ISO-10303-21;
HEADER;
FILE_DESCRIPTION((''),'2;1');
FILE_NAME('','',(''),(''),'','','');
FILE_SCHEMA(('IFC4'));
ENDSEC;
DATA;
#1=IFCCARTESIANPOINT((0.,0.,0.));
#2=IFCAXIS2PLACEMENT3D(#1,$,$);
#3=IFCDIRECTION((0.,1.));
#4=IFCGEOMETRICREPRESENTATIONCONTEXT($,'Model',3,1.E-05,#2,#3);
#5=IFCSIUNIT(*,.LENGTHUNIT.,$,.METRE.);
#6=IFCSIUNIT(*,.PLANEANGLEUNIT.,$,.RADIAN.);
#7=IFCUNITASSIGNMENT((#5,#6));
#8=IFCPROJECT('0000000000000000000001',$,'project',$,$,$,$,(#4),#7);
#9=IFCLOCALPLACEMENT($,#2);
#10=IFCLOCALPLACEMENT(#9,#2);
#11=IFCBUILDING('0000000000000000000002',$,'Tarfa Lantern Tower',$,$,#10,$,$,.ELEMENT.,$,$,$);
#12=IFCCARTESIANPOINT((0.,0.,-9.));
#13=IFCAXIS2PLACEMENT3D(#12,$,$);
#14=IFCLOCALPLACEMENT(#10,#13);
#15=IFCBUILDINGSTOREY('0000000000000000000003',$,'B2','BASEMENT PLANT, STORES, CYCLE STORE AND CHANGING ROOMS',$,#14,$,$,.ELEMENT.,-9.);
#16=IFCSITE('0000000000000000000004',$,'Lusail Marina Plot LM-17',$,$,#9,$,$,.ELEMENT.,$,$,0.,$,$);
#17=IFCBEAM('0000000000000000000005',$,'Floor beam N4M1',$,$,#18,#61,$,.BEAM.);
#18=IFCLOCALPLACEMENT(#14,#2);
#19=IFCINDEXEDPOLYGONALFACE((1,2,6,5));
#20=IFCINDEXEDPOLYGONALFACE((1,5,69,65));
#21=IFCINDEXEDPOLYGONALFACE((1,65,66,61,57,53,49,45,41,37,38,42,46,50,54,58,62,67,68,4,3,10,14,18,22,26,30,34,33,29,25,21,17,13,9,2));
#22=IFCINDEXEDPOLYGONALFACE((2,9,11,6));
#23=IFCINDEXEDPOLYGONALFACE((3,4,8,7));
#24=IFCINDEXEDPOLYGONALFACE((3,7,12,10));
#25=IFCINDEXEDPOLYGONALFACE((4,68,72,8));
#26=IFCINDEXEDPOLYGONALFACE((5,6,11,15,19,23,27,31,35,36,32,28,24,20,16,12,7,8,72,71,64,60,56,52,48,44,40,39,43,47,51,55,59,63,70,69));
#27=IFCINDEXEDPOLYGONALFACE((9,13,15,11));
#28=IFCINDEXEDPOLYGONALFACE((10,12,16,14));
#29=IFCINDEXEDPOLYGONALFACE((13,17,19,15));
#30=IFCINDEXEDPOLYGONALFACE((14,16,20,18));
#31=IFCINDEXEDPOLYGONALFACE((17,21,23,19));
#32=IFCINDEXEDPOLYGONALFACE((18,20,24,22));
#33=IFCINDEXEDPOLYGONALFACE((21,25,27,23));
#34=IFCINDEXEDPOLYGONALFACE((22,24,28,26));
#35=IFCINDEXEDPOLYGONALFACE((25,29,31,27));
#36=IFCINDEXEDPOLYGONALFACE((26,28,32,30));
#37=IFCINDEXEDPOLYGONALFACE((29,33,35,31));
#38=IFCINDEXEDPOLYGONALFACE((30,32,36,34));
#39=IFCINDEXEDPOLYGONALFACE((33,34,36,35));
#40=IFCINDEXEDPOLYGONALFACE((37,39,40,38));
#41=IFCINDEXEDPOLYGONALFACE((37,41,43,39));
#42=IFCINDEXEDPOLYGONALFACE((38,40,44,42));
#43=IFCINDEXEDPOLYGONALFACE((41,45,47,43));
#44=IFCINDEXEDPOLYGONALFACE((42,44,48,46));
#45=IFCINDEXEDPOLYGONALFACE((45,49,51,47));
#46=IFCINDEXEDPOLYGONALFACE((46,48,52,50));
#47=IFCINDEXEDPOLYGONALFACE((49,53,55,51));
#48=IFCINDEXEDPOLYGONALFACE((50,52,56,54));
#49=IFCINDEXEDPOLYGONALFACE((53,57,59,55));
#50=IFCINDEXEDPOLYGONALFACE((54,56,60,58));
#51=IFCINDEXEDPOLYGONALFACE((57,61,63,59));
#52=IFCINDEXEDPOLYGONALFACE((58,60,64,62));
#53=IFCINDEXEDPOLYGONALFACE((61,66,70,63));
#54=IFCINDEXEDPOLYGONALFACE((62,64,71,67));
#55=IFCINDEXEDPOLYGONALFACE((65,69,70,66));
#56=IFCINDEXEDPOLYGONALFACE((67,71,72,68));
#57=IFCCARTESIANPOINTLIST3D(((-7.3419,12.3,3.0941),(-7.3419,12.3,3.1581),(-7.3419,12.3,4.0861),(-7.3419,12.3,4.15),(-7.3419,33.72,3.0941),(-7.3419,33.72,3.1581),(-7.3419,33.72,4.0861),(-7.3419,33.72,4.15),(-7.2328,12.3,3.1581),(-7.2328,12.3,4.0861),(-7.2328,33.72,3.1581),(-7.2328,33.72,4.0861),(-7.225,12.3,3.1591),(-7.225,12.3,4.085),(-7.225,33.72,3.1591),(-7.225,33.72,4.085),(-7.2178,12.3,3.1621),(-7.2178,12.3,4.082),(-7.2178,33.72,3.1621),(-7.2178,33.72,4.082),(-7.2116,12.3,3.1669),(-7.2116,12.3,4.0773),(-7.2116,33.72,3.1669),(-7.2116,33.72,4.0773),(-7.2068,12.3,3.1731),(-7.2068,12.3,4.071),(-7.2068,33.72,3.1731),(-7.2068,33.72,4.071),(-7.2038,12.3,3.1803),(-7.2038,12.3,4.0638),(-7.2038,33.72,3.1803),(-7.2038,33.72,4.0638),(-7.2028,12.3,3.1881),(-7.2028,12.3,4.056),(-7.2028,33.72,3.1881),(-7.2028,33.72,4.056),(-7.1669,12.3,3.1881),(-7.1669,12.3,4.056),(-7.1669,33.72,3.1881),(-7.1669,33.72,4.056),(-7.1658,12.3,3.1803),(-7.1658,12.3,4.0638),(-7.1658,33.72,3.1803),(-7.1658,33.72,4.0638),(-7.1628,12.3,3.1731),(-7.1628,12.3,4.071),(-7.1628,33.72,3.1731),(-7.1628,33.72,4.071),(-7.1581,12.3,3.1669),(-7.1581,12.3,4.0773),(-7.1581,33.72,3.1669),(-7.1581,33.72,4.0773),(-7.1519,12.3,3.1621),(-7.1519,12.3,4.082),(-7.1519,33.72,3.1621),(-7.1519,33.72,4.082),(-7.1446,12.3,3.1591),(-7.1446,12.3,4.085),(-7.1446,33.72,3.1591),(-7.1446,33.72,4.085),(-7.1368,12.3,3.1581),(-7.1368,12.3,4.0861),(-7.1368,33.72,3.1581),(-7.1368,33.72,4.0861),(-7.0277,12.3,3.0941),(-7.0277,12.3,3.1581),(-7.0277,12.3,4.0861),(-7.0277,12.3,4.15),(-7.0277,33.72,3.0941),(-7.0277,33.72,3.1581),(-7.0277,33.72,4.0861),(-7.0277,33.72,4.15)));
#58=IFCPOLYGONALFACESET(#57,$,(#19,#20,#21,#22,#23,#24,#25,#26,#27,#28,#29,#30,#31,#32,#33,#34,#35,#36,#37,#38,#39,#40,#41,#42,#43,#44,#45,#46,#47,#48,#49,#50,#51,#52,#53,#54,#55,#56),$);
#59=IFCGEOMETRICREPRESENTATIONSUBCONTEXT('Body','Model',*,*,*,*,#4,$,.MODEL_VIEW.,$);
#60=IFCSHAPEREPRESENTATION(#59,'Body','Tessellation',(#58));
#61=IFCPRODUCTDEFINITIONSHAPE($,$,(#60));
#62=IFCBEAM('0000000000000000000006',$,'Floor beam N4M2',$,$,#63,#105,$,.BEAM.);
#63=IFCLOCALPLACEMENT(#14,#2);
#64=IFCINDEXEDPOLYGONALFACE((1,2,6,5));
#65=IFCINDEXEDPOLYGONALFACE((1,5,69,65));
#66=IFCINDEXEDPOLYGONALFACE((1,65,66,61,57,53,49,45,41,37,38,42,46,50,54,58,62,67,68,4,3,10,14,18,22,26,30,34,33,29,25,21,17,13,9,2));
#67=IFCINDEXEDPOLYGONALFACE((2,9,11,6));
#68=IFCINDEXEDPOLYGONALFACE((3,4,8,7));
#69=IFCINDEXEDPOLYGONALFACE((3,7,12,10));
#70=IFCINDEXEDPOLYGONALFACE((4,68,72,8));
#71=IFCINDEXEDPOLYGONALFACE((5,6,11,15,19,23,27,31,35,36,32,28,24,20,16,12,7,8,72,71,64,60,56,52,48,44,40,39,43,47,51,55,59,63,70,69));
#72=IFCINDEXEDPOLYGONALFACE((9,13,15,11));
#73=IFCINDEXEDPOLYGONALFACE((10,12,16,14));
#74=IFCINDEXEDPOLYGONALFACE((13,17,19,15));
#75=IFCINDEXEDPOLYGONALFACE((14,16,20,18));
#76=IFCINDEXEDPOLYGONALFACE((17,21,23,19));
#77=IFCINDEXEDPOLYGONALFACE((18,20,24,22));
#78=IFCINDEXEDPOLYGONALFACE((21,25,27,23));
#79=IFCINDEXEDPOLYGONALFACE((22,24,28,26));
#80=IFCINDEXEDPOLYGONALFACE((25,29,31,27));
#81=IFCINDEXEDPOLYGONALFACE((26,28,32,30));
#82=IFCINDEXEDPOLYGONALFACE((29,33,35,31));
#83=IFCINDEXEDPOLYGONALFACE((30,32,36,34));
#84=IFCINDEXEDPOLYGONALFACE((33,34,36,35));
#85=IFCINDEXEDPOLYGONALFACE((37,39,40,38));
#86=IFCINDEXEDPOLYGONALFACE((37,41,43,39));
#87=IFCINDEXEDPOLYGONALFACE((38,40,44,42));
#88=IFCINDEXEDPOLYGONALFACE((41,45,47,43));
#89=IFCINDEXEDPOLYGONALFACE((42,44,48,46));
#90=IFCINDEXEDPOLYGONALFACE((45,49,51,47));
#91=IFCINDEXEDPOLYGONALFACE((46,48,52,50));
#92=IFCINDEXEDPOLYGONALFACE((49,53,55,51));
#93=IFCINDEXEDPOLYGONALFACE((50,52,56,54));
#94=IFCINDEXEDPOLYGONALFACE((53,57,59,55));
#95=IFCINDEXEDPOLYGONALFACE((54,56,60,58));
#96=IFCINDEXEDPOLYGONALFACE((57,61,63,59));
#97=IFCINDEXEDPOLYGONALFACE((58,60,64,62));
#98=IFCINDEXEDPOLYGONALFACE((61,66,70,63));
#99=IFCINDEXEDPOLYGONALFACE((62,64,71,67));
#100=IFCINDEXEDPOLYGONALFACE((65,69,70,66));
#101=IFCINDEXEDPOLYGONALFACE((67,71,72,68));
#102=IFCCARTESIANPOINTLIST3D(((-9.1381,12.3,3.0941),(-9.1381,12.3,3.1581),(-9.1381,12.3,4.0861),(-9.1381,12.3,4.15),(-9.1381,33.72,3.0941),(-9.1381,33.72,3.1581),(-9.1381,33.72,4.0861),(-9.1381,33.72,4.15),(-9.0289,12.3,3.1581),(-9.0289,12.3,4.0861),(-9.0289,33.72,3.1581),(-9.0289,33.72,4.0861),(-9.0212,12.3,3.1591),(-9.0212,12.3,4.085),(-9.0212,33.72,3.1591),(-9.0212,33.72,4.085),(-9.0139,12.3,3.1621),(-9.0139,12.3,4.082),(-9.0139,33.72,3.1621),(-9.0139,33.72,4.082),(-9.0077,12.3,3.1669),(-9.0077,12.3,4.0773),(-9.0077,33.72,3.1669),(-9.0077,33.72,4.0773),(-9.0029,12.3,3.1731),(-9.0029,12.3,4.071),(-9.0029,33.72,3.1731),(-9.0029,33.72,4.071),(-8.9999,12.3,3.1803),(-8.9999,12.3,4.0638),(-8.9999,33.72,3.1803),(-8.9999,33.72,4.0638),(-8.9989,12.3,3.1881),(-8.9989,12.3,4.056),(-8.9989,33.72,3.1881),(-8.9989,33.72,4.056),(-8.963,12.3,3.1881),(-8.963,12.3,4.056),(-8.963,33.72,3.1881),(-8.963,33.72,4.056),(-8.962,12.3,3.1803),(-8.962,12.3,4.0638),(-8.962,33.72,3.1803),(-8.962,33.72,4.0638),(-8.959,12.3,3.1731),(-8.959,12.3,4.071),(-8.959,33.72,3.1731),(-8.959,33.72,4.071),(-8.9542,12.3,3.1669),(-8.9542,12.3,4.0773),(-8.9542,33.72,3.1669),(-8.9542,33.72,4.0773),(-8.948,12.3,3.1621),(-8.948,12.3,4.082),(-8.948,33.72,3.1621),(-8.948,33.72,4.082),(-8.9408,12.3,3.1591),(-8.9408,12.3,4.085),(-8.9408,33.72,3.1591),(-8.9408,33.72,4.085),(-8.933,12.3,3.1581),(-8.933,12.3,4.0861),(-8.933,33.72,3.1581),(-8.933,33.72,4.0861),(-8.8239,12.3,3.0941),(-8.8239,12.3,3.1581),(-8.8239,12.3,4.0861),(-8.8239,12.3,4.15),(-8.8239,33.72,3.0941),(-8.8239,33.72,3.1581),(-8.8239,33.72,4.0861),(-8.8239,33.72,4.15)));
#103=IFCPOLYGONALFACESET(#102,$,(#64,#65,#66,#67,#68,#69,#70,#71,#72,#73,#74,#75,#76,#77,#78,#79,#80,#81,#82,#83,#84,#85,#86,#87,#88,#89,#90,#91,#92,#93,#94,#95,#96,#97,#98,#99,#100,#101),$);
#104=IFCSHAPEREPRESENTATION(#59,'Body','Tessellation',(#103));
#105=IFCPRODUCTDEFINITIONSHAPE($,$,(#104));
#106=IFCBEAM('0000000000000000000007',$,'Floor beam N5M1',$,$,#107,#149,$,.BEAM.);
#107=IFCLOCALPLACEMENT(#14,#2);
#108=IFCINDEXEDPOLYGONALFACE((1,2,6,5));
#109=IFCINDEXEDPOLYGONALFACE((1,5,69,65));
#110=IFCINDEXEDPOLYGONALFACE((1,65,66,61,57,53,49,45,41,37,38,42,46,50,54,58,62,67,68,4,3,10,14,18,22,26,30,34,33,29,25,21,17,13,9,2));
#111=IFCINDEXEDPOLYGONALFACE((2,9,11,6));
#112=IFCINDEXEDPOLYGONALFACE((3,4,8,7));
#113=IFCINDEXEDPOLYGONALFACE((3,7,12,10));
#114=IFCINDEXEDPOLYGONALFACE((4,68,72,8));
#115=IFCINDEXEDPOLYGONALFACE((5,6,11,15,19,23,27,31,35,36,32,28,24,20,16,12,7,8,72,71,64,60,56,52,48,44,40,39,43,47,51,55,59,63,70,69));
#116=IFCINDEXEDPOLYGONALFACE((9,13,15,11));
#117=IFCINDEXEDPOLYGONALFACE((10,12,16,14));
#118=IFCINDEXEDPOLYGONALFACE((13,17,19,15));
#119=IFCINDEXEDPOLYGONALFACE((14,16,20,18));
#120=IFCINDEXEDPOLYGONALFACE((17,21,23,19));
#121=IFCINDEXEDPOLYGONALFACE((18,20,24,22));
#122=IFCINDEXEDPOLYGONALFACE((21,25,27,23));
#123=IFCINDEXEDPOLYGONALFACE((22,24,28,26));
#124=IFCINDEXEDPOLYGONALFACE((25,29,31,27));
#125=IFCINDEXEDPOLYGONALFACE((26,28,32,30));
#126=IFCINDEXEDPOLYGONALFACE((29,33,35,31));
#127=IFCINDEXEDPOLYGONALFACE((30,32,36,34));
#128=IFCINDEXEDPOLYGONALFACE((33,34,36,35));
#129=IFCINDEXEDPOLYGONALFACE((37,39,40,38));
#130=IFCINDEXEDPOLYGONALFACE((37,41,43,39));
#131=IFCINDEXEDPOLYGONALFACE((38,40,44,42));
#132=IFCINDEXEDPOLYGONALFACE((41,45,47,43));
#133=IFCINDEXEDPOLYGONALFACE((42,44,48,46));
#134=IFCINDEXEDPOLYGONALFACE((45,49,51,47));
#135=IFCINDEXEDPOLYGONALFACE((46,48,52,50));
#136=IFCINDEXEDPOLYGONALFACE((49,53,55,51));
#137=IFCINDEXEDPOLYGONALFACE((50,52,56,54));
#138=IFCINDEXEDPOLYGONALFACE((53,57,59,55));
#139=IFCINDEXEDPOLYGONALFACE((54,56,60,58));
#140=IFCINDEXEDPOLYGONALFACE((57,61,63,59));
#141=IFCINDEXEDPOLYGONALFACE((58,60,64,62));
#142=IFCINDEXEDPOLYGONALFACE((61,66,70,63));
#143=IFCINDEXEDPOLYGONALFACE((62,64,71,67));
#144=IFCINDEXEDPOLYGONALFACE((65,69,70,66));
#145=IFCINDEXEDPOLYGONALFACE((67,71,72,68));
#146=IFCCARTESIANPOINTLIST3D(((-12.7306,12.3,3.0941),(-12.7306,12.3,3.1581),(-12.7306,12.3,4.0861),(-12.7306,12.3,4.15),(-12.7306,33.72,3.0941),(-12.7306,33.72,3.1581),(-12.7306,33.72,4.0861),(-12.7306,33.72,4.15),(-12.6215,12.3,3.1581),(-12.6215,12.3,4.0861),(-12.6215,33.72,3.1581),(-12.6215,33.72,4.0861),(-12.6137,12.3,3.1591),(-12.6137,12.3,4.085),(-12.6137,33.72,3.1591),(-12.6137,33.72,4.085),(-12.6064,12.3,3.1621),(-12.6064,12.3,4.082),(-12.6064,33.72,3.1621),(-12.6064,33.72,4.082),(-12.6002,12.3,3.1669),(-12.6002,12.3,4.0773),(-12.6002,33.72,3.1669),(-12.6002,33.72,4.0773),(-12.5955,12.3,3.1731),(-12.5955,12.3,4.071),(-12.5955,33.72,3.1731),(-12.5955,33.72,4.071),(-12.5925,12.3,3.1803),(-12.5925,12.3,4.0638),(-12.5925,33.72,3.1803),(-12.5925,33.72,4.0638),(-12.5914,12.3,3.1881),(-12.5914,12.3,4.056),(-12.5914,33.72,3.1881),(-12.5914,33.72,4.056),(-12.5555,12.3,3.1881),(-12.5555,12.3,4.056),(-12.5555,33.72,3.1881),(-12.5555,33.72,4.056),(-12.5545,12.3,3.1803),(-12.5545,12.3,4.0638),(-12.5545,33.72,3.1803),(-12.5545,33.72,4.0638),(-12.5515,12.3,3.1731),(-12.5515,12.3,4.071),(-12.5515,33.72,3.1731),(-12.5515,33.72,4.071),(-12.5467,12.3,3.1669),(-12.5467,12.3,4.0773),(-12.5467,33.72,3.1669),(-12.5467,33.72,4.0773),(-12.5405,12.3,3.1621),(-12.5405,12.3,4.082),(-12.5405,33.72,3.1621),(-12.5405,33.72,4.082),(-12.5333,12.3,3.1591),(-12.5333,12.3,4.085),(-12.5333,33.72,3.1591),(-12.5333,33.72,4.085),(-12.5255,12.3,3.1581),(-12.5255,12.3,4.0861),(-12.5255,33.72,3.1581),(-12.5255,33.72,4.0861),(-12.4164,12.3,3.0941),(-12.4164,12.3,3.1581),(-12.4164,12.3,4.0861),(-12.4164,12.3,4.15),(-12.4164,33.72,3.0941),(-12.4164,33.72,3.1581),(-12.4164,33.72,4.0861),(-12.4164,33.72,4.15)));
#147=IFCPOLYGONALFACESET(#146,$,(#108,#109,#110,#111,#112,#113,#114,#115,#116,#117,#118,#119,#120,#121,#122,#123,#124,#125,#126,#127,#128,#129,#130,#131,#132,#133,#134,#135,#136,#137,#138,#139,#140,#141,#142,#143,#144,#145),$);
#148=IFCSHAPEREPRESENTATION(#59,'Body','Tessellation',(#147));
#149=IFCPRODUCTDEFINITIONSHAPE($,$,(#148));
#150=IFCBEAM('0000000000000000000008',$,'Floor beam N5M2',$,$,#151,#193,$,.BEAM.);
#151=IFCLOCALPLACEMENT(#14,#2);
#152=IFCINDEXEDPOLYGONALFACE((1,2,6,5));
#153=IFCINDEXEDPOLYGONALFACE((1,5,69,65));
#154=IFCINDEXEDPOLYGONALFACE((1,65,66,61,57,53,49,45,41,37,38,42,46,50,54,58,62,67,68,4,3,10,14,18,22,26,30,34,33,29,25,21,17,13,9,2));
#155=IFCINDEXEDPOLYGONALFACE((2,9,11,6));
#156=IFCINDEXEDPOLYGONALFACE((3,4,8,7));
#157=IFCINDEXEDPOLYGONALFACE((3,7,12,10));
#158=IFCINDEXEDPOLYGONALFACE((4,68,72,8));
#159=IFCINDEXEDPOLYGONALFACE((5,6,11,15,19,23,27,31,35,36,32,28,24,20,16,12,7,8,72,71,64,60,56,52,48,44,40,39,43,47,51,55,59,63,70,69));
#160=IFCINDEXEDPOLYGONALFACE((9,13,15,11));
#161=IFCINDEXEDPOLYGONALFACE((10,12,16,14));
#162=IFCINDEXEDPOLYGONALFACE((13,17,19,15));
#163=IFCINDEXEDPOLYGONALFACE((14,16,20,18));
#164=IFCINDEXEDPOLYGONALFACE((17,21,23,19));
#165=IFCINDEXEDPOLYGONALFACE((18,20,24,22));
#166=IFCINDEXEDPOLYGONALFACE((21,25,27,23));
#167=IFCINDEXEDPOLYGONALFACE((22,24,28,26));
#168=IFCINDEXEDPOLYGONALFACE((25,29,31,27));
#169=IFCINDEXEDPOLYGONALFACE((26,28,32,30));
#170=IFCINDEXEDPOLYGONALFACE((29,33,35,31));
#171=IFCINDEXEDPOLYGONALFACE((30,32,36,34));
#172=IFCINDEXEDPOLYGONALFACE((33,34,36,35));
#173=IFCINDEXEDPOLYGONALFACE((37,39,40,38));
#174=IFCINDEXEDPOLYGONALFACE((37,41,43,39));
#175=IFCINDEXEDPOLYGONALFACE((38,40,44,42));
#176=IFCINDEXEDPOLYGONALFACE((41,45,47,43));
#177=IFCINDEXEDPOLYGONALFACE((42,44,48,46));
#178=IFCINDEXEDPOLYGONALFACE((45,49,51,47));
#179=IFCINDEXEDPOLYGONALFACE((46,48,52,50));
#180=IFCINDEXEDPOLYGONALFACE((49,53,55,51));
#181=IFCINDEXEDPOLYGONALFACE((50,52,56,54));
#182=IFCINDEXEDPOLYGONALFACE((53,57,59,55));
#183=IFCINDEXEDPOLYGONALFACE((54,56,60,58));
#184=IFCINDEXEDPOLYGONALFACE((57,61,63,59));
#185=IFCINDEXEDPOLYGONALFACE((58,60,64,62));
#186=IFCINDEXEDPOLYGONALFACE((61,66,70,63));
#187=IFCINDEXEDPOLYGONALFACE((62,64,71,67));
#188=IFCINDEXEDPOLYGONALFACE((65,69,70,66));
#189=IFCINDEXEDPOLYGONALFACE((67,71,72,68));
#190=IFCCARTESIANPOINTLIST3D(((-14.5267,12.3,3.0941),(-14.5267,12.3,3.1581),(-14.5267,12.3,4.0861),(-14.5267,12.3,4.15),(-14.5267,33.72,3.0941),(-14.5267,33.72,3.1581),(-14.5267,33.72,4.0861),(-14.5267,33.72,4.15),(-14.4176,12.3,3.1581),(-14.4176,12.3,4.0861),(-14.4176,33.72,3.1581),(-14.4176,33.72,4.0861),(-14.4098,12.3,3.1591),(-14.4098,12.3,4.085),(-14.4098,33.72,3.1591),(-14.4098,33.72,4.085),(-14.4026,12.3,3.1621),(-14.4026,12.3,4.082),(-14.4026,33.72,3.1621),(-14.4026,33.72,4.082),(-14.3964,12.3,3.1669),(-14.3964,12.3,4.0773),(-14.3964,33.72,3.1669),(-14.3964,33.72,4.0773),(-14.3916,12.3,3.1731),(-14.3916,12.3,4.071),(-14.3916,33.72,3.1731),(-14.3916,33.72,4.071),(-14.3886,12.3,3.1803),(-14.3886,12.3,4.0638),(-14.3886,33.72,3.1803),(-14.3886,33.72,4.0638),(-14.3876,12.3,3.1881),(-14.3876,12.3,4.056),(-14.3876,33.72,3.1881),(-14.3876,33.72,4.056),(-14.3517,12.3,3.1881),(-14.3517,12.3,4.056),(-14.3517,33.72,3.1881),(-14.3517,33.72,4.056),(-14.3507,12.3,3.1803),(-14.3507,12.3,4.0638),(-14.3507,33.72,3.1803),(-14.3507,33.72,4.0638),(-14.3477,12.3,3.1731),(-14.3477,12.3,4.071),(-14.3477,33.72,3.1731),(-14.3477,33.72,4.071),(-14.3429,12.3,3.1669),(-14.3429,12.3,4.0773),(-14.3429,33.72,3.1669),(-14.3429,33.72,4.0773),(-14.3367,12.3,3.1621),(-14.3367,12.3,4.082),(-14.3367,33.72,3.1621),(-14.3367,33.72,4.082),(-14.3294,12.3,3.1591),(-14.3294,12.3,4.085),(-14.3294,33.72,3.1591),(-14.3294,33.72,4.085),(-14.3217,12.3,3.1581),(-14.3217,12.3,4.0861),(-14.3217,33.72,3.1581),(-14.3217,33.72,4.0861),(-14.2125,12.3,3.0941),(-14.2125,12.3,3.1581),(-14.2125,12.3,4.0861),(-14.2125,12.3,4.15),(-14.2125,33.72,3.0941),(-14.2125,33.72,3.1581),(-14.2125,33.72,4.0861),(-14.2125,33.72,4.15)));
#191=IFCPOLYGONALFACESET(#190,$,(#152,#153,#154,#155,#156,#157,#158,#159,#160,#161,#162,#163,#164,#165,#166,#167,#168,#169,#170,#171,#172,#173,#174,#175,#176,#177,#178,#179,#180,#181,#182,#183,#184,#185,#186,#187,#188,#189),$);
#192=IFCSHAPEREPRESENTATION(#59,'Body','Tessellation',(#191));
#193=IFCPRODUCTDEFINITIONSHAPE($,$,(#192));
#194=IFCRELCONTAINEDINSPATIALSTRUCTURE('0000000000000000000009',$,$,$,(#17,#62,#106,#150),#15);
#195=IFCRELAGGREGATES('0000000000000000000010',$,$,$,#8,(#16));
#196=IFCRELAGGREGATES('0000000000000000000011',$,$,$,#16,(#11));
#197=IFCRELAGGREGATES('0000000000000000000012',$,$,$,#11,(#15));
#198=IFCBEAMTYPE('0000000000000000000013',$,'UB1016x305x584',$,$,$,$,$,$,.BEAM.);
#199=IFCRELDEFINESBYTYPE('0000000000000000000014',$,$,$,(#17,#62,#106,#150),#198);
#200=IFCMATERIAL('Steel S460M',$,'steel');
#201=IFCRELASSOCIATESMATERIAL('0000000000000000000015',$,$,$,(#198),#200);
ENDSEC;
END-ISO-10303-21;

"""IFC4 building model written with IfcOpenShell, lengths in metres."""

from ifc_helpers import new_model, si_unit, direction, frame, origin, origin_2d, place, context, subcontext, project, spatial, i_section, extrude, material, material_profile, profile_set, type_object, element, save


model = new_model("IFC4")

# Units and contexts
model_context = context("Model", 3, precision=1e-05, world=origin(), true_north=direction((0.0, 1.0)))
body_context = subcontext(model_context, "Body", "Model", "MODEL_VIEW")
ifc_project = project(units=[si_unit("LENGTHUNIT", "METRE"), si_unit("PLANEANGLEUNIT", "RADIAN")], contexts=[model_context])

# Site, building, storey
site_placement = place(None, origin())
site = spatial("IfcSite", under=ifc_project, at=site_placement, Name="Lusail Marina Plot LM-17", CompositionType="ELEMENT", RefElevation=0.0)
building_placement = place(site_placement, origin())
building = spatial("IfcBuilding", under=site, at=building_placement, Name="Tarfa Lantern Tower", CompositionType="ELEMENT")
storey_placement = place(building_placement, frame((0.0, 0.0, -9.0)))
storey = spatial("IfcBuildingStorey", under=building, at=storey_placement, Name="B2", Description="BASEMENT PLANT, STORES, CYCLE STORE AND CHANGING ROOMS", CompositionType="ELEMENT", Elevation=-9.0)

# Beams
ifc_material_1 = material(Name="Steel S460M", Category="steel")
ifc_material_profile_1 = material_profile(ifc_material_1, i_section(OverallWidth=0.3142, OverallDepth=1.0559, WebThickness=0.0359, FlangeThickness=0.064, FilletRadius=0.03, at=origin_2d()), Name="UB1016x305x584")
ifc_profile_set_1 = profile_set([ifc_material_profile_1], Name="Steel S460M")
beam_type_1 = type_object("IfcBeamType", Name="UB1016x305x584", PredefinedType="BEAM", material=ifc_profile_set_1)
for number, where, z_axis, x_axis, name in (
    (1, (-7.1848, 33.72, 3.6221), (0.0, -1.0, 0.0), (1.0, 0.0, 0.0), "Floor beam N4M1"),
    (2, (-8.981, 33.72, 3.6221), (0.0, -1.0, 0.0), (1.0, 0.0, 0.0), "Floor beam N4M2"),
    (3, (-12.5735, 33.72, 3.6221), (0.0, -1.0, 0.0), (1.0, 0.0, 0.0), "Floor beam N5M1"),
    (4, (-14.3696, 33.72, 3.6221), (0.0, -1.0, 0.0), (1.0, 0.0, 0.0), "Floor beam N5M2"),
):
    element("IfcBeam", number, at=place(storey_placement, frame(where, z_axis=z_axis, x_axis=x_axis)), inside=storey, type_object=beam_type_1, Name=name, PredefinedType="BEAM", context=body_context, shape_type="SweptSolid", body=[
        extrude(i_section(OverallWidth=0.3142, OverallDepth=1.0559, WebThickness=0.0359, FlangeThickness=0.064, FilletRadius=0.03, at=origin_2d()), origin(), (0.0, 0.0, 1.0), 21.4199),
    ])

save(model, "model.ifc")
